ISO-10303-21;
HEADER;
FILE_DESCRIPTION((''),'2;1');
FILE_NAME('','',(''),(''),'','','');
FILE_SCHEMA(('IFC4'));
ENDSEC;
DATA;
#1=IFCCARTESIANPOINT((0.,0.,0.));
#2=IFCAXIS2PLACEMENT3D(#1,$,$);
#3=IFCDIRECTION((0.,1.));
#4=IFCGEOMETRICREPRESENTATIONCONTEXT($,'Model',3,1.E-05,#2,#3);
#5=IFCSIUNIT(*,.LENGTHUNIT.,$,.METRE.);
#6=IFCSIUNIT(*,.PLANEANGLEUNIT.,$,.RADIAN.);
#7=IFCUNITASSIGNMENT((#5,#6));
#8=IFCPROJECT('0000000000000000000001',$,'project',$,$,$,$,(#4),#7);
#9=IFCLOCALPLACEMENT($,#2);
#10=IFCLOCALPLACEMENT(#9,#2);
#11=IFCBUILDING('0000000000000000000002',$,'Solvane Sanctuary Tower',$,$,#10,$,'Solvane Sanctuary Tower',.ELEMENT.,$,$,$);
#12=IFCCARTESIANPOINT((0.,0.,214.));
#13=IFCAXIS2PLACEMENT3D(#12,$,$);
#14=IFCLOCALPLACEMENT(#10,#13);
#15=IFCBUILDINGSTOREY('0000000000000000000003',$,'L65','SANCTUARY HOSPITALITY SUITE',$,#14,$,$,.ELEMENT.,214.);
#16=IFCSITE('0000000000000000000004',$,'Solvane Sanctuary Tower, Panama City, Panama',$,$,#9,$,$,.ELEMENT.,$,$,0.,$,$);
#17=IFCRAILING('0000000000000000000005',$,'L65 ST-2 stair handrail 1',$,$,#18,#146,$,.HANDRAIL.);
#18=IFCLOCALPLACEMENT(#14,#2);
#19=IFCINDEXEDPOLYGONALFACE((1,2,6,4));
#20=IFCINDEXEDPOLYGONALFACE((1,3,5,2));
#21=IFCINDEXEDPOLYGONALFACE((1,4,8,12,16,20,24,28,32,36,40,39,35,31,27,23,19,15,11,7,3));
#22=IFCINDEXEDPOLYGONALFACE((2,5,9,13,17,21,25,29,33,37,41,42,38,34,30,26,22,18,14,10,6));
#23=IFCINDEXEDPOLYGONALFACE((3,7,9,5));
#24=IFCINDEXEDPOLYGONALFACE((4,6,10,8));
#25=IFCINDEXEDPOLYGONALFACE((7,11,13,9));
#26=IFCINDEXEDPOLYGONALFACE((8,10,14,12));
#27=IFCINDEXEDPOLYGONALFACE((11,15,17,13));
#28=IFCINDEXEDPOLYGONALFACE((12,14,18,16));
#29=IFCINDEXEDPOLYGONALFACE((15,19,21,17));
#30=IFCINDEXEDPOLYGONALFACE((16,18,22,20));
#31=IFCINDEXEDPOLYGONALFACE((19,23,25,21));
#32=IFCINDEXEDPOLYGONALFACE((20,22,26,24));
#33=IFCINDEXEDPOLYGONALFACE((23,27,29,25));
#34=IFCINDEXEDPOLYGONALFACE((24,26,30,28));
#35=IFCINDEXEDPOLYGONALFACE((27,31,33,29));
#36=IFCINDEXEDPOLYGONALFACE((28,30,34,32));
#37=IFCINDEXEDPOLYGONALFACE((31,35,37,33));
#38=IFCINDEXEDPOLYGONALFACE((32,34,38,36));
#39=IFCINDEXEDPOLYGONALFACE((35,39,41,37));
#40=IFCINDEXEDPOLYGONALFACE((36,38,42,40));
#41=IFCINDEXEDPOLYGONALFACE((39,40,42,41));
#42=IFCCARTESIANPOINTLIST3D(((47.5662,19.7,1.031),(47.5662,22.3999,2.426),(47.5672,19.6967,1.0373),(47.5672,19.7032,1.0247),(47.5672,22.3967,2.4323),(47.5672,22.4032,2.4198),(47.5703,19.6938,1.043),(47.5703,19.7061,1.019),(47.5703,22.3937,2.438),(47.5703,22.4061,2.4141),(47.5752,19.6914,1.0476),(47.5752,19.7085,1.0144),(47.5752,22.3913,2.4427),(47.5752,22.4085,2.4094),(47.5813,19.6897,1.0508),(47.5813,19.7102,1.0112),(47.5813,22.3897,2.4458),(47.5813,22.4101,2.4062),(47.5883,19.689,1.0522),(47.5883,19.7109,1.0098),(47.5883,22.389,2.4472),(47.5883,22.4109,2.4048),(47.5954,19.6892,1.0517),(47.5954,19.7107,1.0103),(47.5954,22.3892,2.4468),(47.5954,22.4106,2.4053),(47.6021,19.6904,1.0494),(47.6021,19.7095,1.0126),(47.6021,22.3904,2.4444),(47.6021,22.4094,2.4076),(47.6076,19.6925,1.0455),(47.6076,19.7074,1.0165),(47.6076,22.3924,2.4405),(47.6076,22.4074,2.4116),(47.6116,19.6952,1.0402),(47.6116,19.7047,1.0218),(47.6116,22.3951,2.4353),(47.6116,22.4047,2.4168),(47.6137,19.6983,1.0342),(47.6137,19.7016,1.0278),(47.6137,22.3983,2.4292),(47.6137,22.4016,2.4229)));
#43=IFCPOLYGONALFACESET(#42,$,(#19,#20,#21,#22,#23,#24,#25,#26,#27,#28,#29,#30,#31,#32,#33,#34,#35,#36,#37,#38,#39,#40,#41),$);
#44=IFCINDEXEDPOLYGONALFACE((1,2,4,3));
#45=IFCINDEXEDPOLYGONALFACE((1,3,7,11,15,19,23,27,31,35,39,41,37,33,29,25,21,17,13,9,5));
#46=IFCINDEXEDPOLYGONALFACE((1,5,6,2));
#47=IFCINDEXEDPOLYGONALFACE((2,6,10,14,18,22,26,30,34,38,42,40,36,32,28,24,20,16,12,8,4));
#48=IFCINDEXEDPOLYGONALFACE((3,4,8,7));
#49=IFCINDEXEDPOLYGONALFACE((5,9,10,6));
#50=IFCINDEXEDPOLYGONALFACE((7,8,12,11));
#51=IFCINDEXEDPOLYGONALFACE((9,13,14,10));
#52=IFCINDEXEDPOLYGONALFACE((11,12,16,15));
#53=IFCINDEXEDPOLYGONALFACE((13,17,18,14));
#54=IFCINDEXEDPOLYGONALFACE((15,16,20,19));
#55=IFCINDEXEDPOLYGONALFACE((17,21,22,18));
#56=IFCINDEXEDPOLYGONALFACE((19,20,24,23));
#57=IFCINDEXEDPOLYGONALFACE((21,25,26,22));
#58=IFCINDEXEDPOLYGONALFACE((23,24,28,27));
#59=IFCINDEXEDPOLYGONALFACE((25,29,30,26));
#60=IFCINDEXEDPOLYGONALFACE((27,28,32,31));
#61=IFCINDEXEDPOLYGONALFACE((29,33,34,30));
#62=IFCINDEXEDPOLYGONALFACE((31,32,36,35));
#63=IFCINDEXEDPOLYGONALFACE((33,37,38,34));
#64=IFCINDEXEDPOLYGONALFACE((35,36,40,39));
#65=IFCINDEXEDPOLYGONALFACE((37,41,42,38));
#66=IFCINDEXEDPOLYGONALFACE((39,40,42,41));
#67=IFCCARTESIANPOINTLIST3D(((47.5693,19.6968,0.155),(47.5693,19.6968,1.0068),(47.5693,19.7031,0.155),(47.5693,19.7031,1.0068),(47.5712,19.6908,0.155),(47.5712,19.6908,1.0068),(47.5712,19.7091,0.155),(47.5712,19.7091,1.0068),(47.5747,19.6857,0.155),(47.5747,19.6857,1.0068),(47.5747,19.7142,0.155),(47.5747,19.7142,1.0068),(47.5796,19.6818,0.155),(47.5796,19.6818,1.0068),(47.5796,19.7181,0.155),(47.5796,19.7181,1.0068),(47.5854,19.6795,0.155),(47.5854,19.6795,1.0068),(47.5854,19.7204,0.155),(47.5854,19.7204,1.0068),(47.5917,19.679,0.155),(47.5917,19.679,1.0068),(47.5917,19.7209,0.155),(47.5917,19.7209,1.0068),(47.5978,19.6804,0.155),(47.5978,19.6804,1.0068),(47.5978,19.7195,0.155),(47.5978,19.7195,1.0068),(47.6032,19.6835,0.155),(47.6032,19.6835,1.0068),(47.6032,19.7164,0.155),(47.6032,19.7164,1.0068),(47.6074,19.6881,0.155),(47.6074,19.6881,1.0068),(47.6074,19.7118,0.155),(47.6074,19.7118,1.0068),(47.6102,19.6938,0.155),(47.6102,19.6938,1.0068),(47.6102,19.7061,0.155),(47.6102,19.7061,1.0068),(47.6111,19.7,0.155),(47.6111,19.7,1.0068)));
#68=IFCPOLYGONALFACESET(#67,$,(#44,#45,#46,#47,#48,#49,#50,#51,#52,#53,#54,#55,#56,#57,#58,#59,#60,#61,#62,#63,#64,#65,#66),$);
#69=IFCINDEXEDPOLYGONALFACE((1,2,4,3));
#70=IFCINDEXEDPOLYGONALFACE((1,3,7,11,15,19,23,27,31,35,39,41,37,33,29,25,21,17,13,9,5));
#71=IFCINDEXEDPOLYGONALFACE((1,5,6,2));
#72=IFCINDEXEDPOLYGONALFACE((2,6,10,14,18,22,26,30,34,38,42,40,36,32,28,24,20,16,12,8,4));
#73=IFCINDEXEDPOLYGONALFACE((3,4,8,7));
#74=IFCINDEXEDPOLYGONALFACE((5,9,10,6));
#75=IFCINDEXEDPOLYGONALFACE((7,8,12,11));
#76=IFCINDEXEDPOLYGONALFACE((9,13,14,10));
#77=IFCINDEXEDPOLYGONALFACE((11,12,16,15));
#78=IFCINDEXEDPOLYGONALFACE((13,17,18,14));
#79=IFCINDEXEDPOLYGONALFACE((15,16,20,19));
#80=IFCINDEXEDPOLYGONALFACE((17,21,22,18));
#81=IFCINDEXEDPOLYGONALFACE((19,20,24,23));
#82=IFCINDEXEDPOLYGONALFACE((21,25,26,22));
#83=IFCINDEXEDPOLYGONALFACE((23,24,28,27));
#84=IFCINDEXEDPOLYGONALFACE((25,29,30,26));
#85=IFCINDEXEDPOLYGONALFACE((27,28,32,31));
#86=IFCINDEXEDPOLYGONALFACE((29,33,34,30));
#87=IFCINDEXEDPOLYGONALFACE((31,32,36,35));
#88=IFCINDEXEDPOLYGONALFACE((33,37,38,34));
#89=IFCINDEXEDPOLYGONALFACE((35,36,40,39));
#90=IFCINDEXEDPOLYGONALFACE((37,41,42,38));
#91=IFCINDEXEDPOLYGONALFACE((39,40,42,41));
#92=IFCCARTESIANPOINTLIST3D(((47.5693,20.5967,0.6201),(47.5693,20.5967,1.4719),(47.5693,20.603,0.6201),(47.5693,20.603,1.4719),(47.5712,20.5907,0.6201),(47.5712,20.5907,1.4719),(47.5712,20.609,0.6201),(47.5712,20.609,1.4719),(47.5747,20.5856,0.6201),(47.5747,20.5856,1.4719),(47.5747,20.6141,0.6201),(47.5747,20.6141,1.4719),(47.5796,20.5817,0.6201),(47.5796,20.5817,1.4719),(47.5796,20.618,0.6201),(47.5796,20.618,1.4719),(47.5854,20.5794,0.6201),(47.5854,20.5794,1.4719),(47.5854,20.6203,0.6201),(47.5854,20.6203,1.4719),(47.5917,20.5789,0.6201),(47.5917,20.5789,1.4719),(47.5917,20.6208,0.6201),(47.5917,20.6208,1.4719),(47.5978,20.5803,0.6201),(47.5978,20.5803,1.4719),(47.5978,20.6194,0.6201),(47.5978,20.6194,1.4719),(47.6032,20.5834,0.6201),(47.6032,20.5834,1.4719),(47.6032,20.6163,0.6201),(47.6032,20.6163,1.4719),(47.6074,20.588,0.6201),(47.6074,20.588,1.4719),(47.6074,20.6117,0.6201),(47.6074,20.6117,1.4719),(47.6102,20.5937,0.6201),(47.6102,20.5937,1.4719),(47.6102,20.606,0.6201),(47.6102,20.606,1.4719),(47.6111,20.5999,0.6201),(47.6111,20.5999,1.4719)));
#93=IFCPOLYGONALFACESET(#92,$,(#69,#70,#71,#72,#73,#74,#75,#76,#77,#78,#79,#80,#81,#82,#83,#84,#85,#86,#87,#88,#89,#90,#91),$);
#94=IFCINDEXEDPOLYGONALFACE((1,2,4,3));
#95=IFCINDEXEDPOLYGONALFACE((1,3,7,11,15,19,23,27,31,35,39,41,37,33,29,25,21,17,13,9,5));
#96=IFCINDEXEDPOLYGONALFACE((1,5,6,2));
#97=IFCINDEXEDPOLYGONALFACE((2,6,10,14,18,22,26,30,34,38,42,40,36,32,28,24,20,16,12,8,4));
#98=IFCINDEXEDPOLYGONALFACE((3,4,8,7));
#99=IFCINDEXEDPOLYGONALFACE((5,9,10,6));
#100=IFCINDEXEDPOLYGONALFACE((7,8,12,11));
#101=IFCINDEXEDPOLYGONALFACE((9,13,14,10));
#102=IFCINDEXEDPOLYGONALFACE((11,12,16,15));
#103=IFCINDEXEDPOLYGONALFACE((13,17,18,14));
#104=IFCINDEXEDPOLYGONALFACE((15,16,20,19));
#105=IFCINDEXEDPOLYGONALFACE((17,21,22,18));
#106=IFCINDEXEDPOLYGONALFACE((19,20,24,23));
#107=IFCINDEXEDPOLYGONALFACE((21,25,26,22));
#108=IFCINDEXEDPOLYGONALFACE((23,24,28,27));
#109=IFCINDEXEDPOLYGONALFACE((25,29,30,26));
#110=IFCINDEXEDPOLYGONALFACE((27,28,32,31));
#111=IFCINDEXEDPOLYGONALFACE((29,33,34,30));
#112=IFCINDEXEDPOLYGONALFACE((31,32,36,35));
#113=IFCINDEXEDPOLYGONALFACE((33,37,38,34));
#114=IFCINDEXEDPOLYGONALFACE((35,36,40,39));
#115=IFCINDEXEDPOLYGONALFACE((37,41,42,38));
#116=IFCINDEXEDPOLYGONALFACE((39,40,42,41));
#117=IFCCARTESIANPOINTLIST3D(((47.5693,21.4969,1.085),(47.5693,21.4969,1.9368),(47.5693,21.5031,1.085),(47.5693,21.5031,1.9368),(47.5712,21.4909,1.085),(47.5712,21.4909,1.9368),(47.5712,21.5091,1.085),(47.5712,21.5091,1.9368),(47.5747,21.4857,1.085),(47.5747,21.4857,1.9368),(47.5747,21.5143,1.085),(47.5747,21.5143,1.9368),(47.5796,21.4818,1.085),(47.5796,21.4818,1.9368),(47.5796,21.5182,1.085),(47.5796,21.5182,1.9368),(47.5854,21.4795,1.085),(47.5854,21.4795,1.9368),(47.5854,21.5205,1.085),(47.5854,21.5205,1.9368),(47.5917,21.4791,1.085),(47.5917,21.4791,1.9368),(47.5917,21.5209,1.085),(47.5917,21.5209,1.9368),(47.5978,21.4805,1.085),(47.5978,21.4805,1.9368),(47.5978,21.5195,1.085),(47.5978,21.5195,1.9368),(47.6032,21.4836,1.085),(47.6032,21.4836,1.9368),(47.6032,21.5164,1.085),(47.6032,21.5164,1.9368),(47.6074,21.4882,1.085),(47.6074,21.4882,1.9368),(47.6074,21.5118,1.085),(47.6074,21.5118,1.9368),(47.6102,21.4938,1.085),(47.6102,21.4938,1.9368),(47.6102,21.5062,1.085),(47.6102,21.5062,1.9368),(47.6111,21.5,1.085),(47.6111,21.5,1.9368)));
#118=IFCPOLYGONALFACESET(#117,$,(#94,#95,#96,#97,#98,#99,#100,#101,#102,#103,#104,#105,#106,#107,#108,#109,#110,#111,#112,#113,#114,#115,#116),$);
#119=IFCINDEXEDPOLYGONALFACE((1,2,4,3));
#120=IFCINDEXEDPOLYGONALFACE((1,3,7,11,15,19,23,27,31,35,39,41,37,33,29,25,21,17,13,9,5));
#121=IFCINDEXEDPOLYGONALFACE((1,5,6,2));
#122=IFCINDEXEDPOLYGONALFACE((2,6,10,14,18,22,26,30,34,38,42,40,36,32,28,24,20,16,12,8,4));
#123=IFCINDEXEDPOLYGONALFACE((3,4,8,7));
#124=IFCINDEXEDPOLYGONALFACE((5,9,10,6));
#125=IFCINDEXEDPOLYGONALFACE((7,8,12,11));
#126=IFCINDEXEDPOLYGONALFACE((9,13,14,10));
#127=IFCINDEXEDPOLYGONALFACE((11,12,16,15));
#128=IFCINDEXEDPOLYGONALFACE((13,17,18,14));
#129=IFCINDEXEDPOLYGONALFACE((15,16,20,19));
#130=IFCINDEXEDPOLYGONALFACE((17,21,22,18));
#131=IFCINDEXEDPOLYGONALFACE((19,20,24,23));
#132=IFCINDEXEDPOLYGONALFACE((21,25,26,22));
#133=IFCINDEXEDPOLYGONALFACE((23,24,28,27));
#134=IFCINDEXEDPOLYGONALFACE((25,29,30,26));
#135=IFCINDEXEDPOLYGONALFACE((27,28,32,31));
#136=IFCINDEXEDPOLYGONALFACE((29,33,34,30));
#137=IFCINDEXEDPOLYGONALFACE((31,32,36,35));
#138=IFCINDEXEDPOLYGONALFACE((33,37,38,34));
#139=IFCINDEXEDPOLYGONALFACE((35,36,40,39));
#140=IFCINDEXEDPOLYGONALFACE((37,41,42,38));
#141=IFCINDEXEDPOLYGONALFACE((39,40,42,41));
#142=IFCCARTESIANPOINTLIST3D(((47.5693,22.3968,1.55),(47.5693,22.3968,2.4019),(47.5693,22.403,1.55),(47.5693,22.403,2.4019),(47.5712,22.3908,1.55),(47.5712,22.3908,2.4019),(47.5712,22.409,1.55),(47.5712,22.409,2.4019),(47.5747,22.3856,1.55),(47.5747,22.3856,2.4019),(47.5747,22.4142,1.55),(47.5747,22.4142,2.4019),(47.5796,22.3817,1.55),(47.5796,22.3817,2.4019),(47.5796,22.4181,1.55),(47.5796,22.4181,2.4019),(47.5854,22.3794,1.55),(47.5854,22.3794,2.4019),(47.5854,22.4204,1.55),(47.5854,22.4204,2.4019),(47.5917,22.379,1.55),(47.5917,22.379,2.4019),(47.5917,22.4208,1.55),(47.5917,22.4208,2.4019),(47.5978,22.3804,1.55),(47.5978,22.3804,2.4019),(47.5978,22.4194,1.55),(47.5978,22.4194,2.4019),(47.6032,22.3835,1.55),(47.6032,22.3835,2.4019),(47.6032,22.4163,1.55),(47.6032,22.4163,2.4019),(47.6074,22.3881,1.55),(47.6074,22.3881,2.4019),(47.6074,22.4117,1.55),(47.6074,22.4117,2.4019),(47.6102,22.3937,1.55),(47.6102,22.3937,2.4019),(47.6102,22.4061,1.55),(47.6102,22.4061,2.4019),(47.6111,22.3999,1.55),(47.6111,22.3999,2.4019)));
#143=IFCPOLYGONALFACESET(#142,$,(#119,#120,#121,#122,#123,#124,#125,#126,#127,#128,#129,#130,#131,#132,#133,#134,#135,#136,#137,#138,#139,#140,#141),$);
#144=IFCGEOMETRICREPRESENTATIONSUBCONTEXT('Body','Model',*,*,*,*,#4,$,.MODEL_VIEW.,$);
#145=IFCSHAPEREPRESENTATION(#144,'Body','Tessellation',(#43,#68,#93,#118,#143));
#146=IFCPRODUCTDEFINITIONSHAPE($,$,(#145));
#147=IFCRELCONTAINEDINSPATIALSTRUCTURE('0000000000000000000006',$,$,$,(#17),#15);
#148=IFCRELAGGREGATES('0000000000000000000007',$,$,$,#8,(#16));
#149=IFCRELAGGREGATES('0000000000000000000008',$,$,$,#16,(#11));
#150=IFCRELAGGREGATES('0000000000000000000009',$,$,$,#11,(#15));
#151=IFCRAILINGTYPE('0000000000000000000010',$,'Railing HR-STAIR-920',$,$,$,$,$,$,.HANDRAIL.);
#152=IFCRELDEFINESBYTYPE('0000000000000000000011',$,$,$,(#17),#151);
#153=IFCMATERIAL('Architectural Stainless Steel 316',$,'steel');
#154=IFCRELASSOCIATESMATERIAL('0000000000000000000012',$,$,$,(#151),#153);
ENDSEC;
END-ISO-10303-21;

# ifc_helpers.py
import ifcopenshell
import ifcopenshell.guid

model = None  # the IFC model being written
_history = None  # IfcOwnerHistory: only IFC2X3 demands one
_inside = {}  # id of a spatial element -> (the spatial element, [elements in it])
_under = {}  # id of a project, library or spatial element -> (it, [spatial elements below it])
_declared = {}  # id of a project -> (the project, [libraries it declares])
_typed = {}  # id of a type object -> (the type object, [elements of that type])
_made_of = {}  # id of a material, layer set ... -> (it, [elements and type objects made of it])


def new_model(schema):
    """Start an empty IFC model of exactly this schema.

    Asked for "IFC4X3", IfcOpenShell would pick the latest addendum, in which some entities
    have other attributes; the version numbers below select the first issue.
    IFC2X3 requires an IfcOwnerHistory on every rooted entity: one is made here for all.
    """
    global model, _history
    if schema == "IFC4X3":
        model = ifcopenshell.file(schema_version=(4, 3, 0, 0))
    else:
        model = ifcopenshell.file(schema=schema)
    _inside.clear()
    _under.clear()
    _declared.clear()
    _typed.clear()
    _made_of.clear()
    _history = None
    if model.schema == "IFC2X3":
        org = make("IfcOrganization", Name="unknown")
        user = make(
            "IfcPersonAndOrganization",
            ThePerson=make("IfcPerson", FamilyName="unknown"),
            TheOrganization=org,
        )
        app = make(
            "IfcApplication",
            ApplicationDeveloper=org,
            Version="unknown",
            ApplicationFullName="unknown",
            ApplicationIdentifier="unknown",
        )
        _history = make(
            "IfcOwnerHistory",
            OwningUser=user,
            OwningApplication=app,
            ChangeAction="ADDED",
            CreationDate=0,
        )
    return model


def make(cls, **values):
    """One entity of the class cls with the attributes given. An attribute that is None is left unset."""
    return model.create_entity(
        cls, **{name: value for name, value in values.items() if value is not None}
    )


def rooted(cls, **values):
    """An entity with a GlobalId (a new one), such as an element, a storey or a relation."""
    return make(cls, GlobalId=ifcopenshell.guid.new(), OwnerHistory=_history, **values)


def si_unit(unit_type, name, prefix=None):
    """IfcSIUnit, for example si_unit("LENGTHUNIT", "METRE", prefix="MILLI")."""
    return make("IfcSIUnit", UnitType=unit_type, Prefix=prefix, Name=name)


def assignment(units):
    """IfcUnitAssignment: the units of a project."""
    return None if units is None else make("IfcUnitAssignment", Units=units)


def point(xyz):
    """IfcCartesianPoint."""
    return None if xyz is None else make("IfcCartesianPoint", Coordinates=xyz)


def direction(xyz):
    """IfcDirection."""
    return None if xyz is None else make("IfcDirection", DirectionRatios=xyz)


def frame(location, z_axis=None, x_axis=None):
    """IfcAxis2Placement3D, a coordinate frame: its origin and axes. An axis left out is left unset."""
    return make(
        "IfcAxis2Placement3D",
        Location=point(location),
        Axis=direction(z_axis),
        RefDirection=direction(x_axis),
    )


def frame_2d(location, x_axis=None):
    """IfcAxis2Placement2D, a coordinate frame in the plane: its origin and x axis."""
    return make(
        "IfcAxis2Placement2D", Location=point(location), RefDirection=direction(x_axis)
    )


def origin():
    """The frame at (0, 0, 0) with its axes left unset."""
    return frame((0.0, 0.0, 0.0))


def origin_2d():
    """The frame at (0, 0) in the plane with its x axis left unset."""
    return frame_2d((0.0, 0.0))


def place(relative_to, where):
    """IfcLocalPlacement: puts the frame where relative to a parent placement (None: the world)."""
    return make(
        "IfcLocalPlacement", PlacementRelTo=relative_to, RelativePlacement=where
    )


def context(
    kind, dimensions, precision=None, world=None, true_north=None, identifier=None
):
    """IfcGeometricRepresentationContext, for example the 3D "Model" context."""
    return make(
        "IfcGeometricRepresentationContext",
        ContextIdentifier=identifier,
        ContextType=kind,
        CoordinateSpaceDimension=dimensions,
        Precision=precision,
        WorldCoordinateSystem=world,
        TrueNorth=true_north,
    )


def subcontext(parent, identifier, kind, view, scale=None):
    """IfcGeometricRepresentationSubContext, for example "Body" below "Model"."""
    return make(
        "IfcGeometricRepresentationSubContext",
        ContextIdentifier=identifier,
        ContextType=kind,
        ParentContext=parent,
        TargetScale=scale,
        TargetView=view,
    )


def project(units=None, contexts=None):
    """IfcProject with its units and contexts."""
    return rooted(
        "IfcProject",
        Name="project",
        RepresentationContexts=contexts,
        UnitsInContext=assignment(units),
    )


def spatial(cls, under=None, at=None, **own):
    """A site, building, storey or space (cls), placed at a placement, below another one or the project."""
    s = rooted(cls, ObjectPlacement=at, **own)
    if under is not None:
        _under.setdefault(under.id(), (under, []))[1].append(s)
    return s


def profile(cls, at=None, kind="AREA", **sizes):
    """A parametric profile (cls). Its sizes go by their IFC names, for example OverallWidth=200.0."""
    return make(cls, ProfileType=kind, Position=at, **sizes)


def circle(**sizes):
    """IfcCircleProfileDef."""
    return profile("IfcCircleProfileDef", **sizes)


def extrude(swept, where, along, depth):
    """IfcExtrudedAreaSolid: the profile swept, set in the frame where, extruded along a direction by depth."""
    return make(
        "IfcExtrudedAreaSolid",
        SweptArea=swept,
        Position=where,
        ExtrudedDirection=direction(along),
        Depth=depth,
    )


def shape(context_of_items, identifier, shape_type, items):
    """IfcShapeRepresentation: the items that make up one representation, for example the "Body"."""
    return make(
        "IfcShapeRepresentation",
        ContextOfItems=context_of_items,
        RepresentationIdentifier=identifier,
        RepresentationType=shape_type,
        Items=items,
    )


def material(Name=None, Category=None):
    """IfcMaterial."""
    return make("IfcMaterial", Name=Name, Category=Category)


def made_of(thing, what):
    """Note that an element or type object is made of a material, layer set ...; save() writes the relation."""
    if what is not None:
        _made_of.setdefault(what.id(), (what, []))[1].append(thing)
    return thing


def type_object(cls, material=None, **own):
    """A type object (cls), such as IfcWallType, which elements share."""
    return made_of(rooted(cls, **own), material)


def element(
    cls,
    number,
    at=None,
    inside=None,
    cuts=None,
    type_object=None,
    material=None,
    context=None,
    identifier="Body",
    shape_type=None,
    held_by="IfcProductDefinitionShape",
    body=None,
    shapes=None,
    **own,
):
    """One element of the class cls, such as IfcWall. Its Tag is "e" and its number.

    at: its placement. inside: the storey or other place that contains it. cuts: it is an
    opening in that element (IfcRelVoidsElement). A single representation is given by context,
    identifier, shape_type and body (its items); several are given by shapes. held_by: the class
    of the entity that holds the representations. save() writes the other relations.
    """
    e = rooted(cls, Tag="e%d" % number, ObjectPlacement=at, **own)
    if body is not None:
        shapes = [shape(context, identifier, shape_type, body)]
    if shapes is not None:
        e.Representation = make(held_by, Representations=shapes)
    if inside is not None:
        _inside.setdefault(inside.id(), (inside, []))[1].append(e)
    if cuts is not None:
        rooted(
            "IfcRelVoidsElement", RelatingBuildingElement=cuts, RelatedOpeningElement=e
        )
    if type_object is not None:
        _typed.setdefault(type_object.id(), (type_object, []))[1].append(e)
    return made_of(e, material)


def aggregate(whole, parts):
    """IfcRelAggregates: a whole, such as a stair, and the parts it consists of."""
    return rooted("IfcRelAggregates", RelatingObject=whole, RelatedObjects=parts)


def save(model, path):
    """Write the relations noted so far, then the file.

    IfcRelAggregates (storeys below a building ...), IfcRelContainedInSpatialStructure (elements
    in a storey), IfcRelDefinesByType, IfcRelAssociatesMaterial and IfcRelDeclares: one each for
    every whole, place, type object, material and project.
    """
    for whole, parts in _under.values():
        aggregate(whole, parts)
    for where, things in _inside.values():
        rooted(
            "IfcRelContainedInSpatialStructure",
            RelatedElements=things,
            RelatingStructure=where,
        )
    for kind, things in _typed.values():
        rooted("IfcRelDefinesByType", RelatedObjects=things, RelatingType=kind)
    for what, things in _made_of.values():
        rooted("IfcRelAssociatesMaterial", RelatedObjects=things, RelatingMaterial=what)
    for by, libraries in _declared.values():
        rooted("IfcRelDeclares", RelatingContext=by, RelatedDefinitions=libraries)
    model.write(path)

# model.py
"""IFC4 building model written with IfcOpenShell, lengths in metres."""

from ifc_helpers import new_model, si_unit, direction, frame, origin, origin_2d, place, context, subcontext, project, spatial, circle, extrude, material, type_object, element, save


model = new_model("IFC4")

# Units and contexts
model_context = context("Model", 3, precision=1e-05, world=origin(), true_north=direction((0.0, 1.0)))
body_context = subcontext(model_context, "Body", "Model", "MODEL_VIEW")
ifc_project = project(units=[si_unit("LENGTHUNIT", "METRE"), si_unit("PLANEANGLEUNIT", "RADIAN")], contexts=[model_context])

# Site, building, storey
site_placement = place(None, origin())
site = spatial("IfcSite", under=ifc_project, at=site_placement, Name="Solvane Sanctuary Tower, Panama City, Panama", CompositionType="ELEMENT", RefElevation=0.0)
building_placement = place(site_placement, origin())
building = spatial("IfcBuilding", under=site, at=building_placement, Name="Solvane Sanctuary Tower", LongName="Solvane Sanctuary Tower", CompositionType="ELEMENT")
storey_placement = place(building_placement, frame((0.0, 0.0, 214.0)))
storey = spatial("IfcBuildingStorey", under=building, at=storey_placement, Name="L65", Description="SANCTUARY HOSPITALITY SUITE", CompositionType="ELEMENT", Elevation=214.0)

# Shared definitions
ifc_material_1 = material(Name="Architectural Stainless Steel 316", Category="steel")

# Railing
railing_type_1 = type_object("IfcRailingType", Name="Railing HR-STAIR-920", PredefinedType="HANDRAIL", material=ifc_material_1)
railing_1_placement = place(storey_placement, frame((47.5901, 19.7, 0.155)))
element("IfcRailing", 1, at=railing_1_placement, inside=storey, type_object=railing_type_1, Name="L65 ST-2 stair handrail 1", PredefinedType="HANDRAIL", context=body_context, shape_type="SweptSolid", body=[
    extrude(circle(Radius=0.0239, at=origin_2d()), frame((0.0, 0.0, 0.876), z_axis=(0.0, 0.88842, 0.459032), x_axis=(-1.0, 0.0, 0.0)), (0.0, 0.0, 1.0), 3.0391),
    extrude(circle(Radius=0.021, at=origin_2d()), origin(), (0.0, 0.0, 1.0), 0.8518),
    extrude(circle(Radius=0.021, at=origin_2d()), frame((0.0, 0.8999, 0.4651)), (0.0, 0.0, 1.0), 0.8518),
    extrude(circle(Radius=0.021, at=origin_2d()), frame((0.0, 1.8, 0.9299)), (0.0, 0.0, 1.0), 0.8518),
    extrude(circle(Radius=0.021, at=origin_2d()), frame((0.0, 2.7, 1.395)), (0.0, 0.0, 1.0), 0.8518),
])

save(model, "model.ifc")
